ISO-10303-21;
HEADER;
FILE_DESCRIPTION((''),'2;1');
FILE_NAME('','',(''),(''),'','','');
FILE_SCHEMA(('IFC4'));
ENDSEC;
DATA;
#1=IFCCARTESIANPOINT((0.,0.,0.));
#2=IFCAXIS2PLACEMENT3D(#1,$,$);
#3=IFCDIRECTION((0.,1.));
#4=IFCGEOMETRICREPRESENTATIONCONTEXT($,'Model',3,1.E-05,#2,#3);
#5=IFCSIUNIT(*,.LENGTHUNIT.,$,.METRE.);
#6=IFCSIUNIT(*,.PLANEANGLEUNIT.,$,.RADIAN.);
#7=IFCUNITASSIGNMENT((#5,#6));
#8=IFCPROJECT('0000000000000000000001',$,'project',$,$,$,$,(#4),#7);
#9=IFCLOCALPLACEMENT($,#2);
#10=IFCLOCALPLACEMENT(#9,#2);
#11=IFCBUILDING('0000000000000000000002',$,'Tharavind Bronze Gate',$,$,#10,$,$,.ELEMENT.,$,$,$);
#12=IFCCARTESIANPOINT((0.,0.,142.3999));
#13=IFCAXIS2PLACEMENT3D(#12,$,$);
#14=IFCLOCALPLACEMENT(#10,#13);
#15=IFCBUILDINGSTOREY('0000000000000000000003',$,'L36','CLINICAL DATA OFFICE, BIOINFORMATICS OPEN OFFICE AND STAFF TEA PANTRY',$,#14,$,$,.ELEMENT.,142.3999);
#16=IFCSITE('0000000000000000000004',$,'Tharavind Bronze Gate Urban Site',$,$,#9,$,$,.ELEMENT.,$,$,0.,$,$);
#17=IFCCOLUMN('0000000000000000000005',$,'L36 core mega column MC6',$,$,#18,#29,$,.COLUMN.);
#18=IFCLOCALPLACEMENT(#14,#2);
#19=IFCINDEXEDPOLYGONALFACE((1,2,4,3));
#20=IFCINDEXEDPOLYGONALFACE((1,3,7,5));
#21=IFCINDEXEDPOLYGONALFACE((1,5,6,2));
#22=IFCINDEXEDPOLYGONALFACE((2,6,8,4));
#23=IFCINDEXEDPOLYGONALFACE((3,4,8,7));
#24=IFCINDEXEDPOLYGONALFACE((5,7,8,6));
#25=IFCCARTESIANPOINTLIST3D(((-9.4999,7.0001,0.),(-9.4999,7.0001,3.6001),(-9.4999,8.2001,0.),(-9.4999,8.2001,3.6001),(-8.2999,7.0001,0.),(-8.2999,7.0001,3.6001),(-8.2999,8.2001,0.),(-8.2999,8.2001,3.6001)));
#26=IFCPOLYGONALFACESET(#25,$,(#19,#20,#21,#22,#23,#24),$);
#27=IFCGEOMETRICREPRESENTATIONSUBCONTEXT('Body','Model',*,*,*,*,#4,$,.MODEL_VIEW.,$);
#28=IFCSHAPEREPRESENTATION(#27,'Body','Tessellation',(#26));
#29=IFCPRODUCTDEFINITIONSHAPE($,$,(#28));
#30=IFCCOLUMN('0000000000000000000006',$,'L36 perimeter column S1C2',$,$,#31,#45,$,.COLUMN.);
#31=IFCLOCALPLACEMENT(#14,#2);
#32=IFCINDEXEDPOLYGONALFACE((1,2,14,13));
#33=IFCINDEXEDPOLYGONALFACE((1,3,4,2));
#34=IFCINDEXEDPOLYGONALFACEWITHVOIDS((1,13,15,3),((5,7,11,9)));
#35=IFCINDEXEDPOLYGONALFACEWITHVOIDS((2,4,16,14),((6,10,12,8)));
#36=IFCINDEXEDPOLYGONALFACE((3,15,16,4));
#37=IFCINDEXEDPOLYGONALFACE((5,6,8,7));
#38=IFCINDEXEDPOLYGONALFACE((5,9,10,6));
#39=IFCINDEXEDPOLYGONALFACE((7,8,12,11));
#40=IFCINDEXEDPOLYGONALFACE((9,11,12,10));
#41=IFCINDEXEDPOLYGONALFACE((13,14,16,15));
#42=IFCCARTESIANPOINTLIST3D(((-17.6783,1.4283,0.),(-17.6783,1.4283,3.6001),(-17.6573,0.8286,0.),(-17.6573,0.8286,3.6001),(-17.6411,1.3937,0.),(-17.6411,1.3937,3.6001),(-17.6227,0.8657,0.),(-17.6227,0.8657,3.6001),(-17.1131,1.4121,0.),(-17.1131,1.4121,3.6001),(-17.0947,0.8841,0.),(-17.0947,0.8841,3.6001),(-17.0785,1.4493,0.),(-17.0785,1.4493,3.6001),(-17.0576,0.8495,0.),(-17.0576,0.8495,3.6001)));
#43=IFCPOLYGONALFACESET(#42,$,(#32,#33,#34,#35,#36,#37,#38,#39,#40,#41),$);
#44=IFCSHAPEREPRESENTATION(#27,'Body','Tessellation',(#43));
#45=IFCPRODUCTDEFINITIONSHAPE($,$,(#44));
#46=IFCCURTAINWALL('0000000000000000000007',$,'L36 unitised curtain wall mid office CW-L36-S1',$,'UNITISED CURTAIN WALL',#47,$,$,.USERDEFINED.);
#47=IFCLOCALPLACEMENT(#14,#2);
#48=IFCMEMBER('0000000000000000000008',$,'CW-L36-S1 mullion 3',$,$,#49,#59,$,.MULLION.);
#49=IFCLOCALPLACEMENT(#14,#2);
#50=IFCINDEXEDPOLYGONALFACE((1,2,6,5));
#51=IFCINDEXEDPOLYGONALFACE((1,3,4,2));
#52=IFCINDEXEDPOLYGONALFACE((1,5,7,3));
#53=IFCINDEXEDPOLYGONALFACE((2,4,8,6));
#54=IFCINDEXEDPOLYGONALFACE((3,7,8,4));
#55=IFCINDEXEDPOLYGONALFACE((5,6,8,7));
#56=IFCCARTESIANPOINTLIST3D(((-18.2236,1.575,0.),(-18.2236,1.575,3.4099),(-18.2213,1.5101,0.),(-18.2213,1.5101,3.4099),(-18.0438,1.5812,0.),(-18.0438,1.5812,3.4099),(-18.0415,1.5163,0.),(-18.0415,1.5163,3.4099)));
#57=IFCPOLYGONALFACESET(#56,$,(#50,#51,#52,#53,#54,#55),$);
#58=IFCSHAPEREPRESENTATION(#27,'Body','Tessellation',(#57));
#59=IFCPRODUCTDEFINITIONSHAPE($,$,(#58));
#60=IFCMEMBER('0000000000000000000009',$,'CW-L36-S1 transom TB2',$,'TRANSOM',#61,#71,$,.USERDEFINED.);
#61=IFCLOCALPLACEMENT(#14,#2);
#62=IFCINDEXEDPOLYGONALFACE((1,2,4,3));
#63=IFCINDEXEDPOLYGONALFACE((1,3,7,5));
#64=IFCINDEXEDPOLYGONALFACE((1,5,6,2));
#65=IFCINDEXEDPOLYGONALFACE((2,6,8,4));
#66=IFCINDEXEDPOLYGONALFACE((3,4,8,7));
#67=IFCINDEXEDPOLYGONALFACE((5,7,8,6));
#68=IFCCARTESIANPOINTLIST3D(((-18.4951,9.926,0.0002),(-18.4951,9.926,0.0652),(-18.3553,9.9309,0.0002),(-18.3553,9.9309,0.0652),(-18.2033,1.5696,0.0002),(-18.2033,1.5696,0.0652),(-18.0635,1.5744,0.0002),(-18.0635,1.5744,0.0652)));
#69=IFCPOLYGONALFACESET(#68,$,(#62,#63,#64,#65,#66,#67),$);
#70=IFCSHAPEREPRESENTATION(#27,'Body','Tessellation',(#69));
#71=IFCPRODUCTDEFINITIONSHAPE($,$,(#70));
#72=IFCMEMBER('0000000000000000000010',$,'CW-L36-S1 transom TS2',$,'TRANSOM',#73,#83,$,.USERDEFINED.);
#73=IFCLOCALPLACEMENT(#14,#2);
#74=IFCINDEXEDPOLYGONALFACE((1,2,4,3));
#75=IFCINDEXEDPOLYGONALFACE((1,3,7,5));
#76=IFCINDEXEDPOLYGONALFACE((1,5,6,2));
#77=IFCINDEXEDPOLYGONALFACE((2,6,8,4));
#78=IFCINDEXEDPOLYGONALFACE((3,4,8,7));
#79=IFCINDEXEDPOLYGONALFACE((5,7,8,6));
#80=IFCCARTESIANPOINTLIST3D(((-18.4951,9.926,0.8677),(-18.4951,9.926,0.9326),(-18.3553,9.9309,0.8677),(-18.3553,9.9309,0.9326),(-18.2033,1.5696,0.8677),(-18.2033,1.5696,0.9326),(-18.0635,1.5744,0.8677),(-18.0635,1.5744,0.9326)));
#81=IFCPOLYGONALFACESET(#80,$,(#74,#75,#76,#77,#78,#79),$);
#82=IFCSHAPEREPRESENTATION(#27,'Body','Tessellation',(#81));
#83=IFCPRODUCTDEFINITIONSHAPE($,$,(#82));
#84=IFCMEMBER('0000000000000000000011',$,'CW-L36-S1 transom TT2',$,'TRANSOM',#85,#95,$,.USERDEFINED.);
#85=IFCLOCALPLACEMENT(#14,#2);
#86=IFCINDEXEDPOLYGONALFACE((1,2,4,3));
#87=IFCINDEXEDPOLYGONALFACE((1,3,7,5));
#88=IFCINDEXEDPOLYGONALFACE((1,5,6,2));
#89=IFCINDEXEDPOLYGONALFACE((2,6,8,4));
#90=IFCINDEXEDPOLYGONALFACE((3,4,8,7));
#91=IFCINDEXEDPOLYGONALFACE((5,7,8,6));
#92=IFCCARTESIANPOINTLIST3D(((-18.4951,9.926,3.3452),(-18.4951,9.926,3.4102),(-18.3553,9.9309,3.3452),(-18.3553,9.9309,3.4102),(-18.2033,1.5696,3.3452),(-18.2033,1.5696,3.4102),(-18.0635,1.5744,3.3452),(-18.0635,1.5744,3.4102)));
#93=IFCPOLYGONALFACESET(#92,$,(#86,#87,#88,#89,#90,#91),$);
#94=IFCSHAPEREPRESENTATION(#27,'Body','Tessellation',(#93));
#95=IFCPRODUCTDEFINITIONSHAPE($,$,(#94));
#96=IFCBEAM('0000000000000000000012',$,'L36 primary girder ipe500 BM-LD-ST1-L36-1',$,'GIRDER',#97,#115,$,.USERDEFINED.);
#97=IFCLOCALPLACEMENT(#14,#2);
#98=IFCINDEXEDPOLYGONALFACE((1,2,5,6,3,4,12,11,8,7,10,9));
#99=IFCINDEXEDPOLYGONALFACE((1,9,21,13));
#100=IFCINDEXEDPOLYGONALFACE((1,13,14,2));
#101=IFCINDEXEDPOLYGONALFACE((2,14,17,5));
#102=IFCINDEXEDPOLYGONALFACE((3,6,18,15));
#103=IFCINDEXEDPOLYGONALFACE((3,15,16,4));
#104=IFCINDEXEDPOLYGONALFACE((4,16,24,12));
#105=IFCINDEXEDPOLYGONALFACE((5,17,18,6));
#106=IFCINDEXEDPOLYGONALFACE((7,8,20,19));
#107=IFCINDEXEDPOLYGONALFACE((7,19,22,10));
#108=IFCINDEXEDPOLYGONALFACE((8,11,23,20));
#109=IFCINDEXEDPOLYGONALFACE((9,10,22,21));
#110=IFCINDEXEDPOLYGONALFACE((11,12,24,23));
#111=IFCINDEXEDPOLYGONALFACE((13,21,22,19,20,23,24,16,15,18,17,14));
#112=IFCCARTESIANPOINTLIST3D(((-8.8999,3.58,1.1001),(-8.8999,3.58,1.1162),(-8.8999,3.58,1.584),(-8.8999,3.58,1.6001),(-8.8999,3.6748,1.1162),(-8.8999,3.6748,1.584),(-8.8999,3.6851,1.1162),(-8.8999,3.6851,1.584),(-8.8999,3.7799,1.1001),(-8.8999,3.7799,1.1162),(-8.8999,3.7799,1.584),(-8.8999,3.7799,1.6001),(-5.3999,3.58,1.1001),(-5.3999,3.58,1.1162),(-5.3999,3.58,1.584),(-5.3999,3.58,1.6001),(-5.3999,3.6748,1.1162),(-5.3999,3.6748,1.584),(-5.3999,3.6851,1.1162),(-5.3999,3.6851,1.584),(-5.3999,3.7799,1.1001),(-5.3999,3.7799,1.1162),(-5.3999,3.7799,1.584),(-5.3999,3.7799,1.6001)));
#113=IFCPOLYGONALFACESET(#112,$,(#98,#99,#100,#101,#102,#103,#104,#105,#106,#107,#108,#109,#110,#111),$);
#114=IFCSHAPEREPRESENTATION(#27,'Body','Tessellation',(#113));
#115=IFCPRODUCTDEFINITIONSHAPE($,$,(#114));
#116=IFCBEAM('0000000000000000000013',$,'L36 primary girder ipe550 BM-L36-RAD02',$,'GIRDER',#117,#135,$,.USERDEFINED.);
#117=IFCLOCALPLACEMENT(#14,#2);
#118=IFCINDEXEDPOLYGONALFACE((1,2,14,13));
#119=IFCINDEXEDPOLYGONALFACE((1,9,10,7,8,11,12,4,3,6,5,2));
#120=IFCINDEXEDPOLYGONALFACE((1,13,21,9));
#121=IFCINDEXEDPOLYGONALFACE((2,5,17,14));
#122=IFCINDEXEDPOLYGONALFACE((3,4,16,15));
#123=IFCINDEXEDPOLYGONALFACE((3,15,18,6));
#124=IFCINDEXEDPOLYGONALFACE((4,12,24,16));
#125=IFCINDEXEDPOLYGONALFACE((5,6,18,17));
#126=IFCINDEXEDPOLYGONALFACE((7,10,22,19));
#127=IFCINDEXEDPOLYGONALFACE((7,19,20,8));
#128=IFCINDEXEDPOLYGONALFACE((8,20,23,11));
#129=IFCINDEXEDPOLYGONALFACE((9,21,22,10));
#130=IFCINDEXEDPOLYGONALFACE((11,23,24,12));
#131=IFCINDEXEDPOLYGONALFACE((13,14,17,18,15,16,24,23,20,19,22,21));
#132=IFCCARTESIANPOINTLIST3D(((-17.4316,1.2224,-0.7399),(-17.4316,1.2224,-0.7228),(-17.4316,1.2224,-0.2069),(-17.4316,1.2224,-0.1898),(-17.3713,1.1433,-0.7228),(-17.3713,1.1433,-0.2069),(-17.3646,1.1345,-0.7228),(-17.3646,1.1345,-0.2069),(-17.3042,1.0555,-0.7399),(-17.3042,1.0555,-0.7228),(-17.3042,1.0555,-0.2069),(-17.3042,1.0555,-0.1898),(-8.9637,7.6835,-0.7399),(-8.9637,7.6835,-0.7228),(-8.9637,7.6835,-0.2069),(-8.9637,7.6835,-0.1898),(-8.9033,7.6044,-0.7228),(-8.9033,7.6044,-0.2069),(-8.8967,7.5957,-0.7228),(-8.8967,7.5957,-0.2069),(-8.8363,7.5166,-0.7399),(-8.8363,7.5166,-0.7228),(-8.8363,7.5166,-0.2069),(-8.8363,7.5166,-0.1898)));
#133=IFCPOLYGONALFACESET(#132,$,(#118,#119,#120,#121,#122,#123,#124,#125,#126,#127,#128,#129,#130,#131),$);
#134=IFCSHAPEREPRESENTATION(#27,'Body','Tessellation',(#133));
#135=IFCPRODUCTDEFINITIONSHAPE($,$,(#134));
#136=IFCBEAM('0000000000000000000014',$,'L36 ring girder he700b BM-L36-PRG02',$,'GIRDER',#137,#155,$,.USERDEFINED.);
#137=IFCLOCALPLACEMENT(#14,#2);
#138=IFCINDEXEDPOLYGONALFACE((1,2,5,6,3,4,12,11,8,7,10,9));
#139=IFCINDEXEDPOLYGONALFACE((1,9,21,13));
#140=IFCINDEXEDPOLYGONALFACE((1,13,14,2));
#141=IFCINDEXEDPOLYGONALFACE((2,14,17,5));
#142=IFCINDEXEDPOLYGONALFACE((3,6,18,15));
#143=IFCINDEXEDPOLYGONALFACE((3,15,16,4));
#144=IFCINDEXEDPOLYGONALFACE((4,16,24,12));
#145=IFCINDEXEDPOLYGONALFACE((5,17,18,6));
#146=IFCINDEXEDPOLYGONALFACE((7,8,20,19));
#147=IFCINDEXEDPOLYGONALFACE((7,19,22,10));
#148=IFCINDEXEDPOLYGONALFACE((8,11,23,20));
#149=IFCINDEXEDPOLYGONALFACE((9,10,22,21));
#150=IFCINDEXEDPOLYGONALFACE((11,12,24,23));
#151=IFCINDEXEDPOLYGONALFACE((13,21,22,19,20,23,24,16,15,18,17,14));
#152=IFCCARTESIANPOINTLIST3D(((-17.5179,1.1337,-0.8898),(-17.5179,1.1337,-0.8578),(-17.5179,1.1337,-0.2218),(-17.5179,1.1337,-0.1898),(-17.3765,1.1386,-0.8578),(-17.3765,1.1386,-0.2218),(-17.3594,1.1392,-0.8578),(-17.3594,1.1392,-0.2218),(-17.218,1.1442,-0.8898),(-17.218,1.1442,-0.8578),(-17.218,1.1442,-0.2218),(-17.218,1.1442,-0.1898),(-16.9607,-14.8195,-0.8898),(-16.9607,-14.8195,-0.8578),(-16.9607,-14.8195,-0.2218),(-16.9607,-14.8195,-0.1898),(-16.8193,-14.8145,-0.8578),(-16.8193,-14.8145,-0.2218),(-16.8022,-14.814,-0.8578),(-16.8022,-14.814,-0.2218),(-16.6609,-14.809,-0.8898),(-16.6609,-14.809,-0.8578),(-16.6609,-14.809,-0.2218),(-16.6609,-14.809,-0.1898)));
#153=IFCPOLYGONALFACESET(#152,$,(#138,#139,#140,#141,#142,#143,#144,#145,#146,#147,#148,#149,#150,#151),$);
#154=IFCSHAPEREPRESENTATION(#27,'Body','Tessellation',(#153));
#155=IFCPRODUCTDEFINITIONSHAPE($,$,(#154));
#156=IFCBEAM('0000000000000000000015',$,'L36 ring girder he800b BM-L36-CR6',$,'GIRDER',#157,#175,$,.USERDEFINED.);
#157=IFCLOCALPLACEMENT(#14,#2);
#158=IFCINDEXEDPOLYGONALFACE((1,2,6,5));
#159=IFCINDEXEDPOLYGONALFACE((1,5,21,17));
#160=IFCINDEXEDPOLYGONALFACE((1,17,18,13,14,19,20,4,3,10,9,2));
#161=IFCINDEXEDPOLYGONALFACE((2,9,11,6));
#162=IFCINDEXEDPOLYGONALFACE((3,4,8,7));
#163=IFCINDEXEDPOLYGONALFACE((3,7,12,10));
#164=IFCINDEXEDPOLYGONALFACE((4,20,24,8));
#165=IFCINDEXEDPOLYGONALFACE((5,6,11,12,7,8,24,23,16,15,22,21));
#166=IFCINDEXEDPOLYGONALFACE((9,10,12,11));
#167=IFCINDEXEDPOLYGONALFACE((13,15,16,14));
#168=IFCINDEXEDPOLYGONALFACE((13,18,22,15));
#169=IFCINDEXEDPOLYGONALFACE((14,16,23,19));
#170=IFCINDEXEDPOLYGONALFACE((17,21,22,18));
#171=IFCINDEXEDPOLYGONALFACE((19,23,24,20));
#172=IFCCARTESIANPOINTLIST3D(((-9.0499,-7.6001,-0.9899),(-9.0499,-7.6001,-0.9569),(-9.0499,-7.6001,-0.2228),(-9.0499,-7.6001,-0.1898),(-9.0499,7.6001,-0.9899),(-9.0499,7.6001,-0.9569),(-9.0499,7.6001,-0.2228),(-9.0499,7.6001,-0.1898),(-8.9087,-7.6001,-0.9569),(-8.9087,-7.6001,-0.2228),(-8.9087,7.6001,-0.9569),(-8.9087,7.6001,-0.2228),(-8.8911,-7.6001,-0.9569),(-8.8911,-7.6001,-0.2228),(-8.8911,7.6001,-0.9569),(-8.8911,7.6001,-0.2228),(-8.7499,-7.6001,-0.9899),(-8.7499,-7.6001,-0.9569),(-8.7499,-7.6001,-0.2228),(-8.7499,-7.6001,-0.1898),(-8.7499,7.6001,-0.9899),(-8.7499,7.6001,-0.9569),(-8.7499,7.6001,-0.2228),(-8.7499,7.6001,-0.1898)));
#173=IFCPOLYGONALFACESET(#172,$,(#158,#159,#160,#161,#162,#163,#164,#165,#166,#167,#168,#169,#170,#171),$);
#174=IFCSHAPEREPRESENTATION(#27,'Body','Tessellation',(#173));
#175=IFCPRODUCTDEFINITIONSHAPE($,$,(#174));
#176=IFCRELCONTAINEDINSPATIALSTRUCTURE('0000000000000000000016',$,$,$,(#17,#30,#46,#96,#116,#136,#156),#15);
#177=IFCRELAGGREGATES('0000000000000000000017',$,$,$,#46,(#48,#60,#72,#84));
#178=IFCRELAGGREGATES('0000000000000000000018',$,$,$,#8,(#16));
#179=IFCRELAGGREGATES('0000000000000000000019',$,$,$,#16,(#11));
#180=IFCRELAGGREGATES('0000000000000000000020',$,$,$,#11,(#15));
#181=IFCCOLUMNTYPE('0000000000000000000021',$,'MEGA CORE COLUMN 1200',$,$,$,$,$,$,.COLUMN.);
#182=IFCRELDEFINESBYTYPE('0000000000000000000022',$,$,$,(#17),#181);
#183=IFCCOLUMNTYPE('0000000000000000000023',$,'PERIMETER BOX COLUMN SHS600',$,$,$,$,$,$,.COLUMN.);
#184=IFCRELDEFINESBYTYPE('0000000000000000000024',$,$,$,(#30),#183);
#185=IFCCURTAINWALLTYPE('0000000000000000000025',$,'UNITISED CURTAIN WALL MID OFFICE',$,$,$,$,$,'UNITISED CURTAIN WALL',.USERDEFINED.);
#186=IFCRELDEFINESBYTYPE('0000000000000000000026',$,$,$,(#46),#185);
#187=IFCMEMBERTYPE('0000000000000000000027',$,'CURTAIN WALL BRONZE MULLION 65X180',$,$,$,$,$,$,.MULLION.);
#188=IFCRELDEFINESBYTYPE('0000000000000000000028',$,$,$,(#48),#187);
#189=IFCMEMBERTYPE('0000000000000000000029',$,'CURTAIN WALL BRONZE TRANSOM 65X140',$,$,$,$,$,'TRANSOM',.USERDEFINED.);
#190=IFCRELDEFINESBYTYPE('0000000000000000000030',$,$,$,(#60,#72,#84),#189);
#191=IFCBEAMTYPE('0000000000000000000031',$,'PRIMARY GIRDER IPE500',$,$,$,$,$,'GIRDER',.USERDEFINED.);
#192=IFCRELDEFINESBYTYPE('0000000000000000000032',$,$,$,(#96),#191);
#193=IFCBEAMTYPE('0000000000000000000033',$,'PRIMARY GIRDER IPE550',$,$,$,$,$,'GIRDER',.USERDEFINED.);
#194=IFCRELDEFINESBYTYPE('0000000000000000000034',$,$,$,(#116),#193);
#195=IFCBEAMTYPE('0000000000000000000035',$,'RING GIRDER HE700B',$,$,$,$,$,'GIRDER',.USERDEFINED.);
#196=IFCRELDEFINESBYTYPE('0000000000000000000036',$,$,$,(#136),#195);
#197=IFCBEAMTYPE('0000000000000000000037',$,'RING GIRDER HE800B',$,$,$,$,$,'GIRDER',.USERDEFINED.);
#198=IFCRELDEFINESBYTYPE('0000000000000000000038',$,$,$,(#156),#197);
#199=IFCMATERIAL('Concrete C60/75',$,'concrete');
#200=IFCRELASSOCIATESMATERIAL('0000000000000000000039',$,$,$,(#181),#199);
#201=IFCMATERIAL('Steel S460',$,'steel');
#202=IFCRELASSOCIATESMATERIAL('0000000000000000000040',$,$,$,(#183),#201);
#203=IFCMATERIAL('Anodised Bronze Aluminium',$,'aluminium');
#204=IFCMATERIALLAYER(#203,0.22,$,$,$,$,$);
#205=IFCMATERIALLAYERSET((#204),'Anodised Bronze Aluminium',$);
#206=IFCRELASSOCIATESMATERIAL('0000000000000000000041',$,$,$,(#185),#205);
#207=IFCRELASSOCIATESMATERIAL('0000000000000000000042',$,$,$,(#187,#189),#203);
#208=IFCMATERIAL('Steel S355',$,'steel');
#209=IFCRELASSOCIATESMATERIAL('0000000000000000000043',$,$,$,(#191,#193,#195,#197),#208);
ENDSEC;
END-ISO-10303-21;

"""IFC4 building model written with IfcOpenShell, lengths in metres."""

from ifc_helpers import new_model, si_unit, direction, frame, origin, origin_2d, place, context, subcontext, project, spatial, rectangle, hollow_rectangle, i_section, extrude, material, layer, layer_set, material_profile, profile_set, type_object, element, aggregate, save


model = new_model("IFC4")

# Units and contexts
model_context = context("Model", 3, precision=1e-05, world=origin(), true_north=direction((0.0, 1.0)))
body_context = subcontext(model_context, "Body", "Model", "MODEL_VIEW")
ifc_project = project(units=[si_unit("LENGTHUNIT", "METRE"), si_unit("PLANEANGLEUNIT", "RADIAN")], contexts=[model_context])

# Site, building, storey
site_placement = place(None, origin())
site = spatial("IfcSite", under=ifc_project, at=site_placement, Name="Tharavind Bronze Gate Urban Site", CompositionType="ELEMENT", RefElevation=0.0)
building_placement = place(site_placement, origin())
building = spatial("IfcBuilding", under=site, at=building_placement, Name="Tharavind Bronze Gate", CompositionType="ELEMENT")
storey_placement = place(building_placement, frame((0.0, 0.0, 142.3999)))
storey = spatial("IfcBuildingStorey", under=building, at=storey_placement, Name="L36", Description="CLINICAL DATA OFFICE, BIOINFORMATICS OPEN OFFICE AND STAFF TEA PANTRY", CompositionType="ELEMENT", Elevation=142.3999)

# Columns
ifc_material_1 = material(Name="Concrete C60/75", Category="concrete")
ifc_material_profile_1 = material_profile(ifc_material_1, rectangle(XDim=1.2, YDim=1.2, at=origin_2d()), Name="RCCOL1200")
ifc_profile_set_1 = profile_set([ifc_material_profile_1], Name="Concrete C60/75")
column_type_1 = type_object("IfcColumnType", Name="MEGA CORE COLUMN 1200", PredefinedType="COLUMN", material=ifc_profile_set_1)
column_1_placement = place(storey_placement, frame((-8.8999, 7.6001, 0.0), z_axis=(0.0, 0.0, 1.0), x_axis=(1.0, 0.0, 0.0)))
element("IfcColumn", 1, at=column_1_placement, inside=storey, type_object=column_type_1, Name="L36 core mega column MC6", PredefinedType="COLUMN", context=body_context, shape_type="SweptSolid", body=[
    extrude(rectangle(XDim=1.2, YDim=1.2, at=origin_2d()), origin(), (0.0, 0.0, 1.0), 3.6001),
])
ifc_material_2 = material(Name="Steel S460", Category="steel")
ifc_material_profile_2 = material_profile(ifc_material_2, hollow_rectangle(XDim=0.6001, YDim=0.6001, WallThickness=0.0359, at=origin_2d()), Name="SHS600X36")
ifc_profile_set_2 = profile_set([ifc_material_profile_2], Name="Steel S460")
column_type_2 = type_object("IfcColumnType", Name="PERIMETER BOX COLUMN SHS600", PredefinedType="COLUMN", material=ifc_profile_set_2)
column_2_placement = place(storey_placement, frame((-17.3679, 1.1389, 0.0), z_axis=(0.0, 0.0, 1.0), x_axis=(-0.034899, 0.999391, 0.0)))
element("IfcColumn", 2, at=column_2_placement, inside=storey, type_object=column_type_2, Name="L36 perimeter column S1C2", PredefinedType="COLUMN", context=body_context, shape_type="SweptSolid", body=[
    extrude(hollow_rectangle(XDim=0.6001, YDim=0.6001, WallThickness=0.0359, at=origin_2d()), origin(), (0.0, 0.0, 1.0), 3.6001),
])

# Curtain wall, members
ifc_material_3 = material(Name="Anodised Bronze Aluminium", Category="aluminium")
ifc_layer_1 = layer(ifc_material_3, 0.22)
ifc_layer_set_1 = layer_set([ifc_layer_1], Name="Anodised Bronze Aluminium")
curtain_wall_type = type_object("IfcCurtainWallType", Name="UNITISED CURTAIN WALL MID OFFICE", ElementType="UNITISED CURTAIN WALL", PredefinedType="USERDEFINED", material=ifc_layer_set_1)
curtain_wall_placement = place(storey_placement, origin())
curtain_wall = element("IfcCurtainWall", 3, at=curtain_wall_placement, inside=storey, type_object=curtain_wall_type, Name="L36 unitised curtain wall mid office CW-L36-S1", ObjectType="UNITISED CURTAIN WALL", PredefinedType="USERDEFINED")
member_type_1 = type_object("IfcMemberType", Name="CURTAIN WALL BRONZE MULLION 65X180", PredefinedType="MULLION", material=ifc_material_3)
member_1_placement = place(storey_placement, frame((-18.1326, 1.5457, 0.0), z_axis=(0.0, 0.0, 1.0), x_axis=(0.034899, -0.999391, 0.0)))
member_1 = element("IfcMember", 4, at=member_1_placement, type_object=member_type_1, Name="CW-L36-S1 mullion 3", PredefinedType="MULLION", context=body_context, shape_type="SweptSolid", body=[
    extrude(rectangle(XDim=0.0649, YDim=0.1799, at=origin_2d()), origin(), (0.0, 0.0, 1.0), 3.4099),
])
member_type_2 = type_object("IfcMemberType", Name="CURTAIN WALL BRONZE TRANSOM 65X140", ElementType="TRANSOM", PredefinedType="USERDEFINED", material=ifc_material_3)
member_2_placement = place(storey_placement, frame((-18.2793, 5.7502, 0.0002), z_axis=(0.0, 0.0, 1.0), x_axis=(0.034899, -0.999391, 0.0)))
member_2 = element("IfcMember", 5, at=member_2_placement, type_object=member_type_2, Name="CW-L36-S1 transom TB2", ObjectType="TRANSOM", PredefinedType="USERDEFINED", context=body_context, shape_type="SweptSolid", body=[
    extrude(rectangle(XDim=8.3616, YDim=0.1399, at=origin_2d()), origin(), (0.0, 0.0, 1.0), 0.0649),
])
member_3_placement = place(storey_placement, frame((-18.2793, 5.7502, 0.8677), z_axis=(0.0, 0.0, 1.0), x_axis=(0.034899, -0.999391, 0.0)))
member_3 = element("IfcMember", 6, at=member_3_placement, type_object=member_type_2, Name="CW-L36-S1 transom TS2", ObjectType="TRANSOM", PredefinedType="USERDEFINED", context=body_context, shape_type="SweptSolid", body=[
    extrude(rectangle(XDim=8.3616, YDim=0.1399, at=origin_2d()), origin(), (0.0, 0.0, 1.0), 0.0649),
])
member_4_placement = place(storey_placement, frame((-18.2793, 5.7502, 3.3452), z_axis=(0.0, 0.0, 1.0), x_axis=(0.034899, -0.999391, 0.0)))
member_4 = element("IfcMember", 7, at=member_4_placement, type_object=member_type_2, Name="CW-L36-S1 transom TT2", ObjectType="TRANSOM", PredefinedType="USERDEFINED", context=body_context, shape_type="SweptSolid", body=[
    extrude(rectangle(XDim=8.3616, YDim=0.1399, at=origin_2d()), origin(), (0.0, 0.0, 1.0), 0.0649),
])

# Beams
ifc_material_4 = material(Name="Steel S355", Category="steel")
ifc_material_profile_3 = material_profile(ifc_material_4, i_section(OverallWidth=0.2, OverallDepth=0.5, WebThickness=0.0103, FlangeThickness=0.0161, at=origin_2d()), Name="IPE500")
ifc_profile_set_3 = profile_set([ifc_material_profile_3], Name="Steel S355")
beam_type_1 = type_object("IfcBeamType", Name="PRIMARY GIRDER IPE500", ElementType="GIRDER", PredefinedType="USERDEFINED", material=ifc_profile_set_3)
beam_1_placement = place(storey_placement, frame((-8.8999, 3.6799, 1.3501), z_axis=(1.0, 0.0, 0.0), x_axis=(0.0, 1.0, 0.0)))
element("IfcBeam", 8, at=beam_1_placement, inside=storey, type_object=beam_type_1, Name="L36 primary girder ipe500 BM-LD-ST1-L36-1", ObjectType="GIRDER", PredefinedType="USERDEFINED", context=body_context, shape_type="SweptSolid", body=[
    extrude(i_section(OverallWidth=0.2, OverallDepth=0.5, WebThickness=0.0103, FlangeThickness=0.0161, at=origin_2d()), origin(), (0.0, 0.0, 1.0), 3.5),
])
ifc_material_profile_4 = material_profile(ifc_material_4, i_section(OverallWidth=0.21, OverallDepth=0.55, WebThickness=0.011, FlangeThickness=0.0171, at=origin_2d()), Name="IPE550")
ifc_profile_set_4 = profile_set([ifc_material_profile_4], Name="Steel S355")
beam_type_2 = type_object("IfcBeamType", Name="PRIMARY GIRDER IPE550", ElementType="GIRDER", PredefinedType="USERDEFINED", material=ifc_profile_set_4)
beam_2_placement = place(storey_placement, frame((-17.3679, 1.1389, -0.4648), z_axis=(0.795008, 0.606599, 0.0), x_axis=(-0.606599, 0.795008, 0.0)))
element("IfcBeam", 9, at=beam_2_placement, inside=storey, type_object=beam_type_2, Name="L36 primary girder ipe550 BM-L36-RAD02", ObjectType="GIRDER", PredefinedType="USERDEFINED", context=body_context, shape_type="SweptSolid", body=[
    extrude(i_section(OverallWidth=0.21, OverallDepth=0.55, WebThickness=0.011, FlangeThickness=0.0171, at=origin_2d()), origin(), (0.0, 0.0, 1.0), 10.6514),
])
ifc_material_profile_5 = material_profile(ifc_material_4, i_section(OverallWidth=0.3, OverallDepth=0.7, WebThickness=0.0171, FlangeThickness=0.032, at=origin_2d()), Name="HE700B")
ifc_profile_set_5 = profile_set([ifc_material_profile_5], Name="Steel S355")
beam_type_3 = type_object("IfcBeamType", Name="RING GIRDER HE700B", ElementType="GIRDER", PredefinedType="USERDEFINED", material=ifc_profile_set_5)
beam_3_placement = place(storey_placement, frame((-17.3679, 1.1389, -0.5398), z_axis=(0.034902, -0.999391, 0.0), x_axis=(0.999391, 0.034902, 0.0)))
element("IfcBeam", 10, at=beam_3_placement, inside=storey, type_object=beam_type_3, Name="L36 ring girder he700b BM-L36-PRG02", ObjectType="GIRDER", PredefinedType="USERDEFINED", context=body_context, shape_type="SweptSolid", body=[
    extrude(i_section(OverallWidth=0.3, OverallDepth=0.7, WebThickness=0.0171, FlangeThickness=0.032, at=origin_2d()), origin(), (0.0, 0.0, 1.0), 15.9629),
])
ifc_material_profile_6 = material_profile(ifc_material_4, i_section(OverallWidth=0.3, OverallDepth=0.8, WebThickness=0.0176, FlangeThickness=0.033, at=origin_2d()), Name="HE800B")
ifc_profile_set_6 = profile_set([ifc_material_profile_6], Name="Steel S355")
beam_type_4 = type_object("IfcBeamType", Name="RING GIRDER HE800B", ElementType="GIRDER", PredefinedType="USERDEFINED", material=ifc_profile_set_6)
beam_4_placement = place(storey_placement, frame((-8.8999, 7.6001, -0.5898), z_axis=(0.0, -1.0, 0.0), x_axis=(1.0, 0.0, 0.0)))
element("IfcBeam", 11, at=beam_4_placement, inside=storey, type_object=beam_type_4, Name="L36 ring girder he800b BM-L36-CR6", ObjectType="GIRDER", PredefinedType="USERDEFINED", context=body_context, shape_type="SweptSolid", body=[
    extrude(i_section(OverallWidth=0.3, OverallDepth=0.8, WebThickness=0.0176, FlangeThickness=0.033, at=origin_2d()), origin(), (0.0, 0.0, 1.0), 15.2002),
])

aggregate(curtain_wall, [member_1, member_2, member_3, member_4])

save(model, "model.ifc")
